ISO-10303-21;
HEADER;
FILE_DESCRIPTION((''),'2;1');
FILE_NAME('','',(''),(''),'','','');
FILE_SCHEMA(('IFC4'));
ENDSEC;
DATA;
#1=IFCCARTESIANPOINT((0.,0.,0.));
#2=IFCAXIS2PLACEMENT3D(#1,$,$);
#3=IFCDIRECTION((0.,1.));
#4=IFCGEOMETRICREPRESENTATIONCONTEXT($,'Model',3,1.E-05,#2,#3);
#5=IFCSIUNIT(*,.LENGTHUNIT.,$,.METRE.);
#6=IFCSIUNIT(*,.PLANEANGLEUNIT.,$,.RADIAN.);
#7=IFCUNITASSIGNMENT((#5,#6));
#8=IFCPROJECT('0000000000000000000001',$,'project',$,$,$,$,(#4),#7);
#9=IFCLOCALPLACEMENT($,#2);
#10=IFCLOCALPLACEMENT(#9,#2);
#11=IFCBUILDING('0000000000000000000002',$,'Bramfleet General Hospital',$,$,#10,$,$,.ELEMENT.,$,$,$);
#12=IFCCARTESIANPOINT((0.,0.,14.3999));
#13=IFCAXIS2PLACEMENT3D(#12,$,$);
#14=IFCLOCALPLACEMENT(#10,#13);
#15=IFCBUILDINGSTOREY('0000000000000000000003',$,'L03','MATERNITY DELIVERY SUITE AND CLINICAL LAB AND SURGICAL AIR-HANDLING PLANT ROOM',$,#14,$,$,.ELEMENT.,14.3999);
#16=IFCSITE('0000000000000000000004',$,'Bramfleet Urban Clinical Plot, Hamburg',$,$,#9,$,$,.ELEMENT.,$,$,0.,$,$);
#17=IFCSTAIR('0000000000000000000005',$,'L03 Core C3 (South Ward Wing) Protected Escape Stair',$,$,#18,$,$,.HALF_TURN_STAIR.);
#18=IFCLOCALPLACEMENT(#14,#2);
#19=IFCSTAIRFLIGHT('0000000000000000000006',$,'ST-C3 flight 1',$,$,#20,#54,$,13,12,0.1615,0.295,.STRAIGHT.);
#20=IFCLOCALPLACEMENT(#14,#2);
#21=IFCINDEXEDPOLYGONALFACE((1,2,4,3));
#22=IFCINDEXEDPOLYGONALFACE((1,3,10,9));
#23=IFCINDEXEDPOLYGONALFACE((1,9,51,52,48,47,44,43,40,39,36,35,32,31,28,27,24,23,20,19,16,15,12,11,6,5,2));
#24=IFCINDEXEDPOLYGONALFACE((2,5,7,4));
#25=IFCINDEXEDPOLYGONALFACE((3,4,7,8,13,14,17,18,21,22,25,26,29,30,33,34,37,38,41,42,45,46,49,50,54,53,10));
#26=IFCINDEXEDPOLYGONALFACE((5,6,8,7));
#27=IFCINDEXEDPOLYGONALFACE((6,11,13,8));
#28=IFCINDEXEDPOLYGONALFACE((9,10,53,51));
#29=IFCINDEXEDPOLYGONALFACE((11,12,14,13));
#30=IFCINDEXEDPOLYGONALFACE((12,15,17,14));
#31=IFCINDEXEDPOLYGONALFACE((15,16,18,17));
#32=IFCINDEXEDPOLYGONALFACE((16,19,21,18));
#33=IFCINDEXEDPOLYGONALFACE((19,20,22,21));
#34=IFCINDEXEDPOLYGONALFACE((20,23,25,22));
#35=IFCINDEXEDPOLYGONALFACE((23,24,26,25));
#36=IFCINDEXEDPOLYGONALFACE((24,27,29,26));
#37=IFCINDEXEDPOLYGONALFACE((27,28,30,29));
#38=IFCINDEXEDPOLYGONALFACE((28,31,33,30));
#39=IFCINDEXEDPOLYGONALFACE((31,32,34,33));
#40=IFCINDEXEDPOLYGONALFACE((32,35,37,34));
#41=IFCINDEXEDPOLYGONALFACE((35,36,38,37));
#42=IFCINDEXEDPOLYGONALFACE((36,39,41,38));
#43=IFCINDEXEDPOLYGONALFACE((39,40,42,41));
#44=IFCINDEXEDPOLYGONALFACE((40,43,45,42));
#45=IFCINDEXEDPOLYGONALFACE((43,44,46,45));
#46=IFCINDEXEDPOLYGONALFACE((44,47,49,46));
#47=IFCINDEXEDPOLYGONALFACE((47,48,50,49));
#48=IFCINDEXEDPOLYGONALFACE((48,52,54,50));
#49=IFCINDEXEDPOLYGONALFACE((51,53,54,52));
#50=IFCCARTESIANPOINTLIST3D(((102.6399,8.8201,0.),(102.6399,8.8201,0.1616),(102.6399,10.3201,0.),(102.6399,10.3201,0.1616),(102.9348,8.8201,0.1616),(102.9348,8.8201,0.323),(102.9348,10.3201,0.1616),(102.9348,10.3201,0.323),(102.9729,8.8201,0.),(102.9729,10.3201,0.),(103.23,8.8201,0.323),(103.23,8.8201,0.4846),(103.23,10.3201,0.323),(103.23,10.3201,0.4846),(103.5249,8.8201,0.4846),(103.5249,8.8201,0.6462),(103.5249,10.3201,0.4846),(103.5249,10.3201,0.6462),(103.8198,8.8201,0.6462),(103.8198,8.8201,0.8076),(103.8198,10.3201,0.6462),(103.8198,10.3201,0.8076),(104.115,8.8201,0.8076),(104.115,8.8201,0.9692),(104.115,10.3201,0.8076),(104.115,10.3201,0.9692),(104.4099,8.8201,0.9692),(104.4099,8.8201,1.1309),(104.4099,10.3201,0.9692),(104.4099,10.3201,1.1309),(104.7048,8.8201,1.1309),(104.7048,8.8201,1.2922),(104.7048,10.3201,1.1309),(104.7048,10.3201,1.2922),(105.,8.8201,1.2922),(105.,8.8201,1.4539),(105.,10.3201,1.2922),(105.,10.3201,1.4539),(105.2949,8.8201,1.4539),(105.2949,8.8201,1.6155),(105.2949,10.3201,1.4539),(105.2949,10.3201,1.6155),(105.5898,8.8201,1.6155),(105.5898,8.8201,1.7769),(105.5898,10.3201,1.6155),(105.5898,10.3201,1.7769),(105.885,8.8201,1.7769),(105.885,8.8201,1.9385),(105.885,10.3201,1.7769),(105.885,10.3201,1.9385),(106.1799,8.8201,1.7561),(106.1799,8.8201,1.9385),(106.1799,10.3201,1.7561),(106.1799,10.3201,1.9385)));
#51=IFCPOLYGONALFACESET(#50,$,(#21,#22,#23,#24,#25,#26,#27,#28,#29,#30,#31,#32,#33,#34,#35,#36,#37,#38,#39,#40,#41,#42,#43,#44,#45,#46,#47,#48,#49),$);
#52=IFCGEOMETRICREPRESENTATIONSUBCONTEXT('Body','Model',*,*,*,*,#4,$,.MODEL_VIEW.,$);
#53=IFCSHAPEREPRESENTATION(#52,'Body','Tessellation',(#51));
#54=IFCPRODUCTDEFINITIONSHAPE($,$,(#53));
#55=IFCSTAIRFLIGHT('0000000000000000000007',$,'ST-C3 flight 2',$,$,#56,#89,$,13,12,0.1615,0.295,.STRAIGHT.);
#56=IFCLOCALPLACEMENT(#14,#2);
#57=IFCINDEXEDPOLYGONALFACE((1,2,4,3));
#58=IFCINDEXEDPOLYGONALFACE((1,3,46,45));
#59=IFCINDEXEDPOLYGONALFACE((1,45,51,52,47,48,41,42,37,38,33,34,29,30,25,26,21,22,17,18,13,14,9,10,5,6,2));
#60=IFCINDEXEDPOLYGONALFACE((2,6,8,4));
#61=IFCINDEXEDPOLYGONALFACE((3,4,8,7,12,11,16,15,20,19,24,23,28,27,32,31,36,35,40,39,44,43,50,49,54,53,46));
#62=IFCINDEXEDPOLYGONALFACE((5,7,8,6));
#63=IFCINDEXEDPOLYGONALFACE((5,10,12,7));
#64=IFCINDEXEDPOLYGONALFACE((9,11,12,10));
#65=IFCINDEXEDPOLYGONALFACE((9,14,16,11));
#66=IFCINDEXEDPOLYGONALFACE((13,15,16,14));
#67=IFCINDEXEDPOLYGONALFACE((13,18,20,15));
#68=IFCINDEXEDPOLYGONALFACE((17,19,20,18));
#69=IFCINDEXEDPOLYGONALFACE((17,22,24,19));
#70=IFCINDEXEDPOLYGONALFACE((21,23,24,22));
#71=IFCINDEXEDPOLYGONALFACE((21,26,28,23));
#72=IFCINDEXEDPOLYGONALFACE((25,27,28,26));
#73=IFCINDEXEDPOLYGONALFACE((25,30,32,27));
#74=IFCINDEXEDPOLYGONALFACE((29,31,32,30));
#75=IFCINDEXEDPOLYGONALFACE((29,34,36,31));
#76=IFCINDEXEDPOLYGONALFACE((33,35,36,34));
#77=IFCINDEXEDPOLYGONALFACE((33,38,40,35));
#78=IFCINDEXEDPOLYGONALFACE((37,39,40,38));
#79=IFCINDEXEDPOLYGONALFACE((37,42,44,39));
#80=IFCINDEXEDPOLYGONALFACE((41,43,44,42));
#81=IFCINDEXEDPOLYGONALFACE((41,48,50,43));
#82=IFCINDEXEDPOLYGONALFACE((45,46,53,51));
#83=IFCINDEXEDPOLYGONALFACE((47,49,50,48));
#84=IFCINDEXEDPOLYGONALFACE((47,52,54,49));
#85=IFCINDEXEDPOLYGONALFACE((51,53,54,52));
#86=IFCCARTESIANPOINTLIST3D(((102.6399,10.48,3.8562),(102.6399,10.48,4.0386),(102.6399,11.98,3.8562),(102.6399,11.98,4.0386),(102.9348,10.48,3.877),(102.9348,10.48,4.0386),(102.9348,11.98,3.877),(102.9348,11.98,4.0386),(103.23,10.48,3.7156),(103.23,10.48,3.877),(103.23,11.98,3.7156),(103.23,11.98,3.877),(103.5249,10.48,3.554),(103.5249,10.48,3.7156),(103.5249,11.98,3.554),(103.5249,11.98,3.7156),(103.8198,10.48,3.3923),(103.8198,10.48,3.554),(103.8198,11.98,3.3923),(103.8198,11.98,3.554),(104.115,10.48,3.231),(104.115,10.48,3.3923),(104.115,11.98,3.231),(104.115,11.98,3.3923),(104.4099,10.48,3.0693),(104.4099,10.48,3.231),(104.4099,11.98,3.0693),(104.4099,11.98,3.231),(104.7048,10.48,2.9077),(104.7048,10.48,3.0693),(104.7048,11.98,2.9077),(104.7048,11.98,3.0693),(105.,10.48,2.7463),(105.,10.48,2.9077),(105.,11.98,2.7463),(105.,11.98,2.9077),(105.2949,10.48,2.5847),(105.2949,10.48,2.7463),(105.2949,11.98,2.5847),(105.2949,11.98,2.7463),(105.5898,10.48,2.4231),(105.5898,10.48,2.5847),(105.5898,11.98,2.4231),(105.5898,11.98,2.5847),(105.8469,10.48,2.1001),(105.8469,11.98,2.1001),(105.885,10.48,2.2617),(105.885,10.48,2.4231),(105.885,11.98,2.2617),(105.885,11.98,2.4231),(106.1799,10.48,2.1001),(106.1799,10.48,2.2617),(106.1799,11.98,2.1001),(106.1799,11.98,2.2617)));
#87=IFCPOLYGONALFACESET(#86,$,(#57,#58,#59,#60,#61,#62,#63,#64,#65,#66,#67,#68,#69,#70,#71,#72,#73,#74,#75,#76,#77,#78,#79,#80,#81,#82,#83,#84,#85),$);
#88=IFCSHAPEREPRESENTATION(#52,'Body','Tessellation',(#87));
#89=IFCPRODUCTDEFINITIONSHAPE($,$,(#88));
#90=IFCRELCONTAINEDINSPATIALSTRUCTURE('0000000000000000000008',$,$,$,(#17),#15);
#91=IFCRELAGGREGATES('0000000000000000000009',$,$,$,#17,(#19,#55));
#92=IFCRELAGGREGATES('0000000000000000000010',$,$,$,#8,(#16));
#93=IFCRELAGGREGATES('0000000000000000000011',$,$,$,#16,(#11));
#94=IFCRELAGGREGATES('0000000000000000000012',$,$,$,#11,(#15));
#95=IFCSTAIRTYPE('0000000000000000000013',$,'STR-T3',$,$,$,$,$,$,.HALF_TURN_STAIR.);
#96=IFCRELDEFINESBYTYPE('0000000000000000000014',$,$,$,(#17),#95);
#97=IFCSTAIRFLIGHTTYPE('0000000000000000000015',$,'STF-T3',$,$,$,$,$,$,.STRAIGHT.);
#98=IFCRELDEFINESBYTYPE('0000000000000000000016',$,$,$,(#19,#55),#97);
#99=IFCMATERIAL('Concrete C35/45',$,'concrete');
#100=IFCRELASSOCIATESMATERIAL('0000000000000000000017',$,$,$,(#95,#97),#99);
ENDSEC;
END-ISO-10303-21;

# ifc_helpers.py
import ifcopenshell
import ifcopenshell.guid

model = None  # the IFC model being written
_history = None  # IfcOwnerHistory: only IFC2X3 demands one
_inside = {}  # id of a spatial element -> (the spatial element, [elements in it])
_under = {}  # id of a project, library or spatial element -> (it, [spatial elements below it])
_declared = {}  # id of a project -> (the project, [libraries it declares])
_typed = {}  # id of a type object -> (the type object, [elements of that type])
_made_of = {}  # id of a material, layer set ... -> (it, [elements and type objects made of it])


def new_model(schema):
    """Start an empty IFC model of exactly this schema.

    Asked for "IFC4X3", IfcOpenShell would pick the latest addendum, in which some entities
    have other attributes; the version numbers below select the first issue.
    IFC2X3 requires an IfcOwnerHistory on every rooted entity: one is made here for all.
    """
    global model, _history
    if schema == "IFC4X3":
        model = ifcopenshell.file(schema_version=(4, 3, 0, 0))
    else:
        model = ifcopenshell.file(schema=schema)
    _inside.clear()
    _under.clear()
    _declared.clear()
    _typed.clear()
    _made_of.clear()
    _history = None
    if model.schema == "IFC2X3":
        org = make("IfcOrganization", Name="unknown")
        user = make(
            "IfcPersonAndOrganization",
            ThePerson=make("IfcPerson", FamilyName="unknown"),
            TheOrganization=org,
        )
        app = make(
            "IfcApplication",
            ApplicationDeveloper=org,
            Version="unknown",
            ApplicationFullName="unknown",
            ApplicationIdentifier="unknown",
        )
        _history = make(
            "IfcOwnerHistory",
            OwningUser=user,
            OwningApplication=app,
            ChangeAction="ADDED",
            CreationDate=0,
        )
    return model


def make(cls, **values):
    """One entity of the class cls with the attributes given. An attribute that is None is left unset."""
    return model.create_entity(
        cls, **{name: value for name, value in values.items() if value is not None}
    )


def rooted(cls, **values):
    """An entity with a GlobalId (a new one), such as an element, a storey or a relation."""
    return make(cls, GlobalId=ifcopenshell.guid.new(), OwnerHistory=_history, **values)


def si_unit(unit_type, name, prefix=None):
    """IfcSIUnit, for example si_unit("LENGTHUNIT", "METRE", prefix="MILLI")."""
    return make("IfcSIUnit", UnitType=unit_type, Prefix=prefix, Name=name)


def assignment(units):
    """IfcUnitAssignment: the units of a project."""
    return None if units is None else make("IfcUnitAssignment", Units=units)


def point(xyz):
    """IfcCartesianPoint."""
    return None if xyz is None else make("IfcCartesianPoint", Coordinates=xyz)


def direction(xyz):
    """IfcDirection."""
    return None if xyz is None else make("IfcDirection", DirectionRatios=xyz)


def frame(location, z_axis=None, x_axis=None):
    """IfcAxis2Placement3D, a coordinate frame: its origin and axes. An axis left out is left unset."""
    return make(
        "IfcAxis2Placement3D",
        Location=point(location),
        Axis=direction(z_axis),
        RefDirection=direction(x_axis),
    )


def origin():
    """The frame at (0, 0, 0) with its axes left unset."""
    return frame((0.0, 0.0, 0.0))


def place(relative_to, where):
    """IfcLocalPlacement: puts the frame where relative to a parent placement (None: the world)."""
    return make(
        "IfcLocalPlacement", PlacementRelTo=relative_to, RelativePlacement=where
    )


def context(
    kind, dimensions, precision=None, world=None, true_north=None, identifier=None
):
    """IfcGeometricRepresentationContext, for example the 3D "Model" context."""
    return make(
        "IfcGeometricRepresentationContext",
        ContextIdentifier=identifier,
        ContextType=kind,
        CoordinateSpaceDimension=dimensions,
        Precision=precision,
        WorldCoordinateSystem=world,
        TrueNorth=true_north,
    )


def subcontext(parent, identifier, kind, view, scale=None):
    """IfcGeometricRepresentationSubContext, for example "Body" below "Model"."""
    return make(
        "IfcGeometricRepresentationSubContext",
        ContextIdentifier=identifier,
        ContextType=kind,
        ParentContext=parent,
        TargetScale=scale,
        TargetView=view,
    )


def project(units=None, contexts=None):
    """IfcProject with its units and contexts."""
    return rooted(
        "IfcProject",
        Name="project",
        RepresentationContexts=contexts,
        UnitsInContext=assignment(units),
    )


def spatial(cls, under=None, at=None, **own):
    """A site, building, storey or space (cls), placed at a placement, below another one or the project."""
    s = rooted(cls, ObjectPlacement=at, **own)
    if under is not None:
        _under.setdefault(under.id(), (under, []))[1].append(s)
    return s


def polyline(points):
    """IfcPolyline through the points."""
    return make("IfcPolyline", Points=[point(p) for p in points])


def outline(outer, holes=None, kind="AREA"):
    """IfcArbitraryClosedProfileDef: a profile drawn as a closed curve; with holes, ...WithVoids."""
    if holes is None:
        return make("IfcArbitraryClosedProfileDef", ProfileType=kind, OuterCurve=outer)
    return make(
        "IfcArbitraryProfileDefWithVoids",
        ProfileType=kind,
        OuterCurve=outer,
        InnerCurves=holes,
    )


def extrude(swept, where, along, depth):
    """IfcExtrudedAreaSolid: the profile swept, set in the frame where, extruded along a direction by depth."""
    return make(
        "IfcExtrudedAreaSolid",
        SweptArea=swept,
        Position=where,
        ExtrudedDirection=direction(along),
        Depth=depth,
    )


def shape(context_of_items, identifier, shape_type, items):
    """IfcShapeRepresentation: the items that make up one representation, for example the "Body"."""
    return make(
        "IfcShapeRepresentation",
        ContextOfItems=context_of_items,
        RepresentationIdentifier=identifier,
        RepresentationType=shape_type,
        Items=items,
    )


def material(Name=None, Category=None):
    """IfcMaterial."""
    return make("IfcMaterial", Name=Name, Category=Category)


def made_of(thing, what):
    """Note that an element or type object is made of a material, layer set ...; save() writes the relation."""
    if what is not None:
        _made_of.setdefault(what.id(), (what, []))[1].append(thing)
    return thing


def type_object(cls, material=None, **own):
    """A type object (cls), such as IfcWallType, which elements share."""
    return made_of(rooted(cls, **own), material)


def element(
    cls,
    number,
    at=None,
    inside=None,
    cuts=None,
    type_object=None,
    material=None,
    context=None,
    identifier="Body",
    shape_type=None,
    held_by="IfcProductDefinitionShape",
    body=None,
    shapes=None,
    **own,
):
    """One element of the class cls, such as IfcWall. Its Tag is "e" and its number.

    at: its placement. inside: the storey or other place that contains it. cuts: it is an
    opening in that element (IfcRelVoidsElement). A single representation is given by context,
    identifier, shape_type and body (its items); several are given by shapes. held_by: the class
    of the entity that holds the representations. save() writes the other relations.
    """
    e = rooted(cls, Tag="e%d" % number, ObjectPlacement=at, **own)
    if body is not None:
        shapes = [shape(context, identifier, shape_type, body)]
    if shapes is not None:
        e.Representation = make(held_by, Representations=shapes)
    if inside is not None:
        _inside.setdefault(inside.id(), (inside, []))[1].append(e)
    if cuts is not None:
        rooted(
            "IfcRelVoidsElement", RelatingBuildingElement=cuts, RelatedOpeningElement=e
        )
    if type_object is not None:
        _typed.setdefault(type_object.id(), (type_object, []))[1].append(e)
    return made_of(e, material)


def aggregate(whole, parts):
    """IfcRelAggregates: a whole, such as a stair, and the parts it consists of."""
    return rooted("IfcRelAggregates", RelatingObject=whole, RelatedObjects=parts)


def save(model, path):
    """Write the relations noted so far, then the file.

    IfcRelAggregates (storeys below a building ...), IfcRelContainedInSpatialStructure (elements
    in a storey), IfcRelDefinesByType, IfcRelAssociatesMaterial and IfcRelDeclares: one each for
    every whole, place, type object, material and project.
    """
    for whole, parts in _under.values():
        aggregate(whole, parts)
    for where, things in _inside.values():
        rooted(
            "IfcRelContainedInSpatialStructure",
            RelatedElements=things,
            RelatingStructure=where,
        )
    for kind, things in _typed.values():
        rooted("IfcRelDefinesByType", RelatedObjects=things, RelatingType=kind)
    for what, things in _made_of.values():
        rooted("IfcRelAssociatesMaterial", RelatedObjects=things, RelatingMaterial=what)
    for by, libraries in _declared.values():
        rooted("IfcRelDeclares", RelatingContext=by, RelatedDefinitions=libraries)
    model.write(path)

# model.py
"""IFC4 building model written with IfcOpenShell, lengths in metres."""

from ifc_helpers import new_model, si_unit, direction, frame, origin, place, context, subcontext, project, spatial, polyline, outline, extrude, material, type_object, element, aggregate, save


model = new_model("IFC4")

# Units and contexts
model_context = context("Model", 3, precision=1e-05, world=origin(), true_north=direction((0.0, 1.0)))
body_context = subcontext(model_context, "Body", "Model", "MODEL_VIEW")
ifc_project = project(units=[si_unit("LENGTHUNIT", "METRE"), si_unit("PLANEANGLEUNIT", "RADIAN")], contexts=[model_context])

# Site, building, storey
site_placement = place(None, origin())
site = spatial("IfcSite", under=ifc_project, at=site_placement, Name="Bramfleet Urban Clinical Plot, Hamburg", CompositionType="ELEMENT", RefElevation=0.0)
building_placement = place(site_placement, origin())
building = spatial("IfcBuilding", under=site, at=building_placement, Name="Bramfleet General Hospital", CompositionType="ELEMENT")
storey_placement = place(building_placement, frame((0.0, 0.0, 14.3999)))
storey = spatial("IfcBuildingStorey", under=building, at=storey_placement, Name="L03", Description="MATERNITY DELIVERY SUITE AND CLINICAL LAB AND SURGICAL AIR-HANDLING PLANT ROOM", CompositionType="ELEMENT", Elevation=14.3999)

# Shared definitions
ifc_material_1 = material(Name="Concrete C35/45", Category="concrete")

# Stair, stair flights
stair_type = type_object("IfcStairType", Name="STR-T3", PredefinedType="HALF_TURN_STAIR", material=ifc_material_1)
stair_placement = place(storey_placement, origin())
stair = element("IfcStair", 1, at=stair_placement, inside=storey, type_object=stair_type, Name="L03 Core C3 (South Ward Wing) Protected Escape Stair", PredefinedType="HALF_TURN_STAIR")
stair_flight_type = type_object("IfcStairFlightType", Name="STF-T3", PredefinedType="STRAIGHT", material=ifc_material_1)
stair_flight_1_placement = place(storey_placement, frame((102.6399, 9.5701, 0.0), z_axis=(0.0, 0.0, 1.0), x_axis=(1.0, 0.0, 0.0)))
stair_flight_1 = element("IfcStairFlight", 2, at=stair_flight_1_placement, type_object=stair_flight_type, Name="ST-C3 flight 1", NumberOfRisers=13, NumberOfTreads=12, PredefinedType="STRAIGHT", RiserHeight=0.1615, TreadLength=0.295, context=body_context, shape_type="SweptSolid", body=[
    extrude(outline(polyline([(0.0, 0.0), (0.0, 0.1616), (0.2949, 0.1616), (0.2949, 0.323), (0.5901, 0.323), (0.5901, 0.4846), (0.885, 0.4846), (0.885, 0.6462), (1.1799, 0.6462), (1.1799, 0.8076), (1.4751, 0.8076), (1.4751, 0.9692), (1.77, 0.9692), (1.77, 1.1309), (2.0649, 1.1309), (2.0649, 1.2922), (2.3601, 1.2922), (2.3601, 1.4539), (2.655, 1.4539), (2.655, 1.6155), (2.95, 1.6155), (2.95, 1.7769), (3.2451, 1.7769), (3.2451, 1.9385), (3.54, 1.9385), (3.54, 2.1001), (3.54, 1.7561), (0.333, 0.0), (0.0, 0.0)])), frame((0.0, 0.75, 0.0), z_axis=(0.0, -1.0, 0.0), x_axis=(1.0, 0.0, 0.0)), (0.0, 0.0, 1.0), 1.5),
])
stair_flight_2_placement = place(storey_placement, frame((106.1799, 11.23, 2.1001), z_axis=(0.0, 0.0, 1.0), x_axis=(-1.0, 0.0, 0.0)))
stair_flight_2 = element("IfcStairFlight", 3, at=stair_flight_2_placement, type_object=stair_flight_type, Name="ST-C3 flight 2", NumberOfRisers=13, NumberOfTreads=12, PredefinedType="STRAIGHT", RiserHeight=0.1615, TreadLength=0.295, context=body_context, shape_type="SweptSolid", body=[
    extrude(outline(polyline([(0.0, 0.0), (0.0, 0.1616), (0.2949, 0.1616), (0.2949, 0.323), (0.5901, 0.323), (0.5901, 0.4846), (0.885, 0.4846), (0.885, 0.6462), (1.1799, 0.6462), (1.1799, 0.8076), (1.4751, 0.8076), (1.4751, 0.9692), (1.77, 0.9692), (1.77, 1.1309), (2.0649, 1.1309), (2.0649, 1.2922), (2.3601, 1.2922), (2.3601, 1.4539), (2.655, 1.4539), (2.655, 1.6155), (2.95, 1.6155), (2.95, 1.7769), (3.2451, 1.7769), (3.2451, 1.9385), (3.54, 1.9385), (3.54, 2.1001), (3.54, 1.7561), (0.333, 0.0), (0.0, 0.0)])), frame((0.0, 0.75, 0.0), z_axis=(0.0, -1.0, 0.0), x_axis=(1.0, 0.0, 0.0)), (0.0, 0.0, 1.0), 1.5),
])
aggregate(stair, [stair_flight_1, stair_flight_2])

save(model, "model.ifc")
